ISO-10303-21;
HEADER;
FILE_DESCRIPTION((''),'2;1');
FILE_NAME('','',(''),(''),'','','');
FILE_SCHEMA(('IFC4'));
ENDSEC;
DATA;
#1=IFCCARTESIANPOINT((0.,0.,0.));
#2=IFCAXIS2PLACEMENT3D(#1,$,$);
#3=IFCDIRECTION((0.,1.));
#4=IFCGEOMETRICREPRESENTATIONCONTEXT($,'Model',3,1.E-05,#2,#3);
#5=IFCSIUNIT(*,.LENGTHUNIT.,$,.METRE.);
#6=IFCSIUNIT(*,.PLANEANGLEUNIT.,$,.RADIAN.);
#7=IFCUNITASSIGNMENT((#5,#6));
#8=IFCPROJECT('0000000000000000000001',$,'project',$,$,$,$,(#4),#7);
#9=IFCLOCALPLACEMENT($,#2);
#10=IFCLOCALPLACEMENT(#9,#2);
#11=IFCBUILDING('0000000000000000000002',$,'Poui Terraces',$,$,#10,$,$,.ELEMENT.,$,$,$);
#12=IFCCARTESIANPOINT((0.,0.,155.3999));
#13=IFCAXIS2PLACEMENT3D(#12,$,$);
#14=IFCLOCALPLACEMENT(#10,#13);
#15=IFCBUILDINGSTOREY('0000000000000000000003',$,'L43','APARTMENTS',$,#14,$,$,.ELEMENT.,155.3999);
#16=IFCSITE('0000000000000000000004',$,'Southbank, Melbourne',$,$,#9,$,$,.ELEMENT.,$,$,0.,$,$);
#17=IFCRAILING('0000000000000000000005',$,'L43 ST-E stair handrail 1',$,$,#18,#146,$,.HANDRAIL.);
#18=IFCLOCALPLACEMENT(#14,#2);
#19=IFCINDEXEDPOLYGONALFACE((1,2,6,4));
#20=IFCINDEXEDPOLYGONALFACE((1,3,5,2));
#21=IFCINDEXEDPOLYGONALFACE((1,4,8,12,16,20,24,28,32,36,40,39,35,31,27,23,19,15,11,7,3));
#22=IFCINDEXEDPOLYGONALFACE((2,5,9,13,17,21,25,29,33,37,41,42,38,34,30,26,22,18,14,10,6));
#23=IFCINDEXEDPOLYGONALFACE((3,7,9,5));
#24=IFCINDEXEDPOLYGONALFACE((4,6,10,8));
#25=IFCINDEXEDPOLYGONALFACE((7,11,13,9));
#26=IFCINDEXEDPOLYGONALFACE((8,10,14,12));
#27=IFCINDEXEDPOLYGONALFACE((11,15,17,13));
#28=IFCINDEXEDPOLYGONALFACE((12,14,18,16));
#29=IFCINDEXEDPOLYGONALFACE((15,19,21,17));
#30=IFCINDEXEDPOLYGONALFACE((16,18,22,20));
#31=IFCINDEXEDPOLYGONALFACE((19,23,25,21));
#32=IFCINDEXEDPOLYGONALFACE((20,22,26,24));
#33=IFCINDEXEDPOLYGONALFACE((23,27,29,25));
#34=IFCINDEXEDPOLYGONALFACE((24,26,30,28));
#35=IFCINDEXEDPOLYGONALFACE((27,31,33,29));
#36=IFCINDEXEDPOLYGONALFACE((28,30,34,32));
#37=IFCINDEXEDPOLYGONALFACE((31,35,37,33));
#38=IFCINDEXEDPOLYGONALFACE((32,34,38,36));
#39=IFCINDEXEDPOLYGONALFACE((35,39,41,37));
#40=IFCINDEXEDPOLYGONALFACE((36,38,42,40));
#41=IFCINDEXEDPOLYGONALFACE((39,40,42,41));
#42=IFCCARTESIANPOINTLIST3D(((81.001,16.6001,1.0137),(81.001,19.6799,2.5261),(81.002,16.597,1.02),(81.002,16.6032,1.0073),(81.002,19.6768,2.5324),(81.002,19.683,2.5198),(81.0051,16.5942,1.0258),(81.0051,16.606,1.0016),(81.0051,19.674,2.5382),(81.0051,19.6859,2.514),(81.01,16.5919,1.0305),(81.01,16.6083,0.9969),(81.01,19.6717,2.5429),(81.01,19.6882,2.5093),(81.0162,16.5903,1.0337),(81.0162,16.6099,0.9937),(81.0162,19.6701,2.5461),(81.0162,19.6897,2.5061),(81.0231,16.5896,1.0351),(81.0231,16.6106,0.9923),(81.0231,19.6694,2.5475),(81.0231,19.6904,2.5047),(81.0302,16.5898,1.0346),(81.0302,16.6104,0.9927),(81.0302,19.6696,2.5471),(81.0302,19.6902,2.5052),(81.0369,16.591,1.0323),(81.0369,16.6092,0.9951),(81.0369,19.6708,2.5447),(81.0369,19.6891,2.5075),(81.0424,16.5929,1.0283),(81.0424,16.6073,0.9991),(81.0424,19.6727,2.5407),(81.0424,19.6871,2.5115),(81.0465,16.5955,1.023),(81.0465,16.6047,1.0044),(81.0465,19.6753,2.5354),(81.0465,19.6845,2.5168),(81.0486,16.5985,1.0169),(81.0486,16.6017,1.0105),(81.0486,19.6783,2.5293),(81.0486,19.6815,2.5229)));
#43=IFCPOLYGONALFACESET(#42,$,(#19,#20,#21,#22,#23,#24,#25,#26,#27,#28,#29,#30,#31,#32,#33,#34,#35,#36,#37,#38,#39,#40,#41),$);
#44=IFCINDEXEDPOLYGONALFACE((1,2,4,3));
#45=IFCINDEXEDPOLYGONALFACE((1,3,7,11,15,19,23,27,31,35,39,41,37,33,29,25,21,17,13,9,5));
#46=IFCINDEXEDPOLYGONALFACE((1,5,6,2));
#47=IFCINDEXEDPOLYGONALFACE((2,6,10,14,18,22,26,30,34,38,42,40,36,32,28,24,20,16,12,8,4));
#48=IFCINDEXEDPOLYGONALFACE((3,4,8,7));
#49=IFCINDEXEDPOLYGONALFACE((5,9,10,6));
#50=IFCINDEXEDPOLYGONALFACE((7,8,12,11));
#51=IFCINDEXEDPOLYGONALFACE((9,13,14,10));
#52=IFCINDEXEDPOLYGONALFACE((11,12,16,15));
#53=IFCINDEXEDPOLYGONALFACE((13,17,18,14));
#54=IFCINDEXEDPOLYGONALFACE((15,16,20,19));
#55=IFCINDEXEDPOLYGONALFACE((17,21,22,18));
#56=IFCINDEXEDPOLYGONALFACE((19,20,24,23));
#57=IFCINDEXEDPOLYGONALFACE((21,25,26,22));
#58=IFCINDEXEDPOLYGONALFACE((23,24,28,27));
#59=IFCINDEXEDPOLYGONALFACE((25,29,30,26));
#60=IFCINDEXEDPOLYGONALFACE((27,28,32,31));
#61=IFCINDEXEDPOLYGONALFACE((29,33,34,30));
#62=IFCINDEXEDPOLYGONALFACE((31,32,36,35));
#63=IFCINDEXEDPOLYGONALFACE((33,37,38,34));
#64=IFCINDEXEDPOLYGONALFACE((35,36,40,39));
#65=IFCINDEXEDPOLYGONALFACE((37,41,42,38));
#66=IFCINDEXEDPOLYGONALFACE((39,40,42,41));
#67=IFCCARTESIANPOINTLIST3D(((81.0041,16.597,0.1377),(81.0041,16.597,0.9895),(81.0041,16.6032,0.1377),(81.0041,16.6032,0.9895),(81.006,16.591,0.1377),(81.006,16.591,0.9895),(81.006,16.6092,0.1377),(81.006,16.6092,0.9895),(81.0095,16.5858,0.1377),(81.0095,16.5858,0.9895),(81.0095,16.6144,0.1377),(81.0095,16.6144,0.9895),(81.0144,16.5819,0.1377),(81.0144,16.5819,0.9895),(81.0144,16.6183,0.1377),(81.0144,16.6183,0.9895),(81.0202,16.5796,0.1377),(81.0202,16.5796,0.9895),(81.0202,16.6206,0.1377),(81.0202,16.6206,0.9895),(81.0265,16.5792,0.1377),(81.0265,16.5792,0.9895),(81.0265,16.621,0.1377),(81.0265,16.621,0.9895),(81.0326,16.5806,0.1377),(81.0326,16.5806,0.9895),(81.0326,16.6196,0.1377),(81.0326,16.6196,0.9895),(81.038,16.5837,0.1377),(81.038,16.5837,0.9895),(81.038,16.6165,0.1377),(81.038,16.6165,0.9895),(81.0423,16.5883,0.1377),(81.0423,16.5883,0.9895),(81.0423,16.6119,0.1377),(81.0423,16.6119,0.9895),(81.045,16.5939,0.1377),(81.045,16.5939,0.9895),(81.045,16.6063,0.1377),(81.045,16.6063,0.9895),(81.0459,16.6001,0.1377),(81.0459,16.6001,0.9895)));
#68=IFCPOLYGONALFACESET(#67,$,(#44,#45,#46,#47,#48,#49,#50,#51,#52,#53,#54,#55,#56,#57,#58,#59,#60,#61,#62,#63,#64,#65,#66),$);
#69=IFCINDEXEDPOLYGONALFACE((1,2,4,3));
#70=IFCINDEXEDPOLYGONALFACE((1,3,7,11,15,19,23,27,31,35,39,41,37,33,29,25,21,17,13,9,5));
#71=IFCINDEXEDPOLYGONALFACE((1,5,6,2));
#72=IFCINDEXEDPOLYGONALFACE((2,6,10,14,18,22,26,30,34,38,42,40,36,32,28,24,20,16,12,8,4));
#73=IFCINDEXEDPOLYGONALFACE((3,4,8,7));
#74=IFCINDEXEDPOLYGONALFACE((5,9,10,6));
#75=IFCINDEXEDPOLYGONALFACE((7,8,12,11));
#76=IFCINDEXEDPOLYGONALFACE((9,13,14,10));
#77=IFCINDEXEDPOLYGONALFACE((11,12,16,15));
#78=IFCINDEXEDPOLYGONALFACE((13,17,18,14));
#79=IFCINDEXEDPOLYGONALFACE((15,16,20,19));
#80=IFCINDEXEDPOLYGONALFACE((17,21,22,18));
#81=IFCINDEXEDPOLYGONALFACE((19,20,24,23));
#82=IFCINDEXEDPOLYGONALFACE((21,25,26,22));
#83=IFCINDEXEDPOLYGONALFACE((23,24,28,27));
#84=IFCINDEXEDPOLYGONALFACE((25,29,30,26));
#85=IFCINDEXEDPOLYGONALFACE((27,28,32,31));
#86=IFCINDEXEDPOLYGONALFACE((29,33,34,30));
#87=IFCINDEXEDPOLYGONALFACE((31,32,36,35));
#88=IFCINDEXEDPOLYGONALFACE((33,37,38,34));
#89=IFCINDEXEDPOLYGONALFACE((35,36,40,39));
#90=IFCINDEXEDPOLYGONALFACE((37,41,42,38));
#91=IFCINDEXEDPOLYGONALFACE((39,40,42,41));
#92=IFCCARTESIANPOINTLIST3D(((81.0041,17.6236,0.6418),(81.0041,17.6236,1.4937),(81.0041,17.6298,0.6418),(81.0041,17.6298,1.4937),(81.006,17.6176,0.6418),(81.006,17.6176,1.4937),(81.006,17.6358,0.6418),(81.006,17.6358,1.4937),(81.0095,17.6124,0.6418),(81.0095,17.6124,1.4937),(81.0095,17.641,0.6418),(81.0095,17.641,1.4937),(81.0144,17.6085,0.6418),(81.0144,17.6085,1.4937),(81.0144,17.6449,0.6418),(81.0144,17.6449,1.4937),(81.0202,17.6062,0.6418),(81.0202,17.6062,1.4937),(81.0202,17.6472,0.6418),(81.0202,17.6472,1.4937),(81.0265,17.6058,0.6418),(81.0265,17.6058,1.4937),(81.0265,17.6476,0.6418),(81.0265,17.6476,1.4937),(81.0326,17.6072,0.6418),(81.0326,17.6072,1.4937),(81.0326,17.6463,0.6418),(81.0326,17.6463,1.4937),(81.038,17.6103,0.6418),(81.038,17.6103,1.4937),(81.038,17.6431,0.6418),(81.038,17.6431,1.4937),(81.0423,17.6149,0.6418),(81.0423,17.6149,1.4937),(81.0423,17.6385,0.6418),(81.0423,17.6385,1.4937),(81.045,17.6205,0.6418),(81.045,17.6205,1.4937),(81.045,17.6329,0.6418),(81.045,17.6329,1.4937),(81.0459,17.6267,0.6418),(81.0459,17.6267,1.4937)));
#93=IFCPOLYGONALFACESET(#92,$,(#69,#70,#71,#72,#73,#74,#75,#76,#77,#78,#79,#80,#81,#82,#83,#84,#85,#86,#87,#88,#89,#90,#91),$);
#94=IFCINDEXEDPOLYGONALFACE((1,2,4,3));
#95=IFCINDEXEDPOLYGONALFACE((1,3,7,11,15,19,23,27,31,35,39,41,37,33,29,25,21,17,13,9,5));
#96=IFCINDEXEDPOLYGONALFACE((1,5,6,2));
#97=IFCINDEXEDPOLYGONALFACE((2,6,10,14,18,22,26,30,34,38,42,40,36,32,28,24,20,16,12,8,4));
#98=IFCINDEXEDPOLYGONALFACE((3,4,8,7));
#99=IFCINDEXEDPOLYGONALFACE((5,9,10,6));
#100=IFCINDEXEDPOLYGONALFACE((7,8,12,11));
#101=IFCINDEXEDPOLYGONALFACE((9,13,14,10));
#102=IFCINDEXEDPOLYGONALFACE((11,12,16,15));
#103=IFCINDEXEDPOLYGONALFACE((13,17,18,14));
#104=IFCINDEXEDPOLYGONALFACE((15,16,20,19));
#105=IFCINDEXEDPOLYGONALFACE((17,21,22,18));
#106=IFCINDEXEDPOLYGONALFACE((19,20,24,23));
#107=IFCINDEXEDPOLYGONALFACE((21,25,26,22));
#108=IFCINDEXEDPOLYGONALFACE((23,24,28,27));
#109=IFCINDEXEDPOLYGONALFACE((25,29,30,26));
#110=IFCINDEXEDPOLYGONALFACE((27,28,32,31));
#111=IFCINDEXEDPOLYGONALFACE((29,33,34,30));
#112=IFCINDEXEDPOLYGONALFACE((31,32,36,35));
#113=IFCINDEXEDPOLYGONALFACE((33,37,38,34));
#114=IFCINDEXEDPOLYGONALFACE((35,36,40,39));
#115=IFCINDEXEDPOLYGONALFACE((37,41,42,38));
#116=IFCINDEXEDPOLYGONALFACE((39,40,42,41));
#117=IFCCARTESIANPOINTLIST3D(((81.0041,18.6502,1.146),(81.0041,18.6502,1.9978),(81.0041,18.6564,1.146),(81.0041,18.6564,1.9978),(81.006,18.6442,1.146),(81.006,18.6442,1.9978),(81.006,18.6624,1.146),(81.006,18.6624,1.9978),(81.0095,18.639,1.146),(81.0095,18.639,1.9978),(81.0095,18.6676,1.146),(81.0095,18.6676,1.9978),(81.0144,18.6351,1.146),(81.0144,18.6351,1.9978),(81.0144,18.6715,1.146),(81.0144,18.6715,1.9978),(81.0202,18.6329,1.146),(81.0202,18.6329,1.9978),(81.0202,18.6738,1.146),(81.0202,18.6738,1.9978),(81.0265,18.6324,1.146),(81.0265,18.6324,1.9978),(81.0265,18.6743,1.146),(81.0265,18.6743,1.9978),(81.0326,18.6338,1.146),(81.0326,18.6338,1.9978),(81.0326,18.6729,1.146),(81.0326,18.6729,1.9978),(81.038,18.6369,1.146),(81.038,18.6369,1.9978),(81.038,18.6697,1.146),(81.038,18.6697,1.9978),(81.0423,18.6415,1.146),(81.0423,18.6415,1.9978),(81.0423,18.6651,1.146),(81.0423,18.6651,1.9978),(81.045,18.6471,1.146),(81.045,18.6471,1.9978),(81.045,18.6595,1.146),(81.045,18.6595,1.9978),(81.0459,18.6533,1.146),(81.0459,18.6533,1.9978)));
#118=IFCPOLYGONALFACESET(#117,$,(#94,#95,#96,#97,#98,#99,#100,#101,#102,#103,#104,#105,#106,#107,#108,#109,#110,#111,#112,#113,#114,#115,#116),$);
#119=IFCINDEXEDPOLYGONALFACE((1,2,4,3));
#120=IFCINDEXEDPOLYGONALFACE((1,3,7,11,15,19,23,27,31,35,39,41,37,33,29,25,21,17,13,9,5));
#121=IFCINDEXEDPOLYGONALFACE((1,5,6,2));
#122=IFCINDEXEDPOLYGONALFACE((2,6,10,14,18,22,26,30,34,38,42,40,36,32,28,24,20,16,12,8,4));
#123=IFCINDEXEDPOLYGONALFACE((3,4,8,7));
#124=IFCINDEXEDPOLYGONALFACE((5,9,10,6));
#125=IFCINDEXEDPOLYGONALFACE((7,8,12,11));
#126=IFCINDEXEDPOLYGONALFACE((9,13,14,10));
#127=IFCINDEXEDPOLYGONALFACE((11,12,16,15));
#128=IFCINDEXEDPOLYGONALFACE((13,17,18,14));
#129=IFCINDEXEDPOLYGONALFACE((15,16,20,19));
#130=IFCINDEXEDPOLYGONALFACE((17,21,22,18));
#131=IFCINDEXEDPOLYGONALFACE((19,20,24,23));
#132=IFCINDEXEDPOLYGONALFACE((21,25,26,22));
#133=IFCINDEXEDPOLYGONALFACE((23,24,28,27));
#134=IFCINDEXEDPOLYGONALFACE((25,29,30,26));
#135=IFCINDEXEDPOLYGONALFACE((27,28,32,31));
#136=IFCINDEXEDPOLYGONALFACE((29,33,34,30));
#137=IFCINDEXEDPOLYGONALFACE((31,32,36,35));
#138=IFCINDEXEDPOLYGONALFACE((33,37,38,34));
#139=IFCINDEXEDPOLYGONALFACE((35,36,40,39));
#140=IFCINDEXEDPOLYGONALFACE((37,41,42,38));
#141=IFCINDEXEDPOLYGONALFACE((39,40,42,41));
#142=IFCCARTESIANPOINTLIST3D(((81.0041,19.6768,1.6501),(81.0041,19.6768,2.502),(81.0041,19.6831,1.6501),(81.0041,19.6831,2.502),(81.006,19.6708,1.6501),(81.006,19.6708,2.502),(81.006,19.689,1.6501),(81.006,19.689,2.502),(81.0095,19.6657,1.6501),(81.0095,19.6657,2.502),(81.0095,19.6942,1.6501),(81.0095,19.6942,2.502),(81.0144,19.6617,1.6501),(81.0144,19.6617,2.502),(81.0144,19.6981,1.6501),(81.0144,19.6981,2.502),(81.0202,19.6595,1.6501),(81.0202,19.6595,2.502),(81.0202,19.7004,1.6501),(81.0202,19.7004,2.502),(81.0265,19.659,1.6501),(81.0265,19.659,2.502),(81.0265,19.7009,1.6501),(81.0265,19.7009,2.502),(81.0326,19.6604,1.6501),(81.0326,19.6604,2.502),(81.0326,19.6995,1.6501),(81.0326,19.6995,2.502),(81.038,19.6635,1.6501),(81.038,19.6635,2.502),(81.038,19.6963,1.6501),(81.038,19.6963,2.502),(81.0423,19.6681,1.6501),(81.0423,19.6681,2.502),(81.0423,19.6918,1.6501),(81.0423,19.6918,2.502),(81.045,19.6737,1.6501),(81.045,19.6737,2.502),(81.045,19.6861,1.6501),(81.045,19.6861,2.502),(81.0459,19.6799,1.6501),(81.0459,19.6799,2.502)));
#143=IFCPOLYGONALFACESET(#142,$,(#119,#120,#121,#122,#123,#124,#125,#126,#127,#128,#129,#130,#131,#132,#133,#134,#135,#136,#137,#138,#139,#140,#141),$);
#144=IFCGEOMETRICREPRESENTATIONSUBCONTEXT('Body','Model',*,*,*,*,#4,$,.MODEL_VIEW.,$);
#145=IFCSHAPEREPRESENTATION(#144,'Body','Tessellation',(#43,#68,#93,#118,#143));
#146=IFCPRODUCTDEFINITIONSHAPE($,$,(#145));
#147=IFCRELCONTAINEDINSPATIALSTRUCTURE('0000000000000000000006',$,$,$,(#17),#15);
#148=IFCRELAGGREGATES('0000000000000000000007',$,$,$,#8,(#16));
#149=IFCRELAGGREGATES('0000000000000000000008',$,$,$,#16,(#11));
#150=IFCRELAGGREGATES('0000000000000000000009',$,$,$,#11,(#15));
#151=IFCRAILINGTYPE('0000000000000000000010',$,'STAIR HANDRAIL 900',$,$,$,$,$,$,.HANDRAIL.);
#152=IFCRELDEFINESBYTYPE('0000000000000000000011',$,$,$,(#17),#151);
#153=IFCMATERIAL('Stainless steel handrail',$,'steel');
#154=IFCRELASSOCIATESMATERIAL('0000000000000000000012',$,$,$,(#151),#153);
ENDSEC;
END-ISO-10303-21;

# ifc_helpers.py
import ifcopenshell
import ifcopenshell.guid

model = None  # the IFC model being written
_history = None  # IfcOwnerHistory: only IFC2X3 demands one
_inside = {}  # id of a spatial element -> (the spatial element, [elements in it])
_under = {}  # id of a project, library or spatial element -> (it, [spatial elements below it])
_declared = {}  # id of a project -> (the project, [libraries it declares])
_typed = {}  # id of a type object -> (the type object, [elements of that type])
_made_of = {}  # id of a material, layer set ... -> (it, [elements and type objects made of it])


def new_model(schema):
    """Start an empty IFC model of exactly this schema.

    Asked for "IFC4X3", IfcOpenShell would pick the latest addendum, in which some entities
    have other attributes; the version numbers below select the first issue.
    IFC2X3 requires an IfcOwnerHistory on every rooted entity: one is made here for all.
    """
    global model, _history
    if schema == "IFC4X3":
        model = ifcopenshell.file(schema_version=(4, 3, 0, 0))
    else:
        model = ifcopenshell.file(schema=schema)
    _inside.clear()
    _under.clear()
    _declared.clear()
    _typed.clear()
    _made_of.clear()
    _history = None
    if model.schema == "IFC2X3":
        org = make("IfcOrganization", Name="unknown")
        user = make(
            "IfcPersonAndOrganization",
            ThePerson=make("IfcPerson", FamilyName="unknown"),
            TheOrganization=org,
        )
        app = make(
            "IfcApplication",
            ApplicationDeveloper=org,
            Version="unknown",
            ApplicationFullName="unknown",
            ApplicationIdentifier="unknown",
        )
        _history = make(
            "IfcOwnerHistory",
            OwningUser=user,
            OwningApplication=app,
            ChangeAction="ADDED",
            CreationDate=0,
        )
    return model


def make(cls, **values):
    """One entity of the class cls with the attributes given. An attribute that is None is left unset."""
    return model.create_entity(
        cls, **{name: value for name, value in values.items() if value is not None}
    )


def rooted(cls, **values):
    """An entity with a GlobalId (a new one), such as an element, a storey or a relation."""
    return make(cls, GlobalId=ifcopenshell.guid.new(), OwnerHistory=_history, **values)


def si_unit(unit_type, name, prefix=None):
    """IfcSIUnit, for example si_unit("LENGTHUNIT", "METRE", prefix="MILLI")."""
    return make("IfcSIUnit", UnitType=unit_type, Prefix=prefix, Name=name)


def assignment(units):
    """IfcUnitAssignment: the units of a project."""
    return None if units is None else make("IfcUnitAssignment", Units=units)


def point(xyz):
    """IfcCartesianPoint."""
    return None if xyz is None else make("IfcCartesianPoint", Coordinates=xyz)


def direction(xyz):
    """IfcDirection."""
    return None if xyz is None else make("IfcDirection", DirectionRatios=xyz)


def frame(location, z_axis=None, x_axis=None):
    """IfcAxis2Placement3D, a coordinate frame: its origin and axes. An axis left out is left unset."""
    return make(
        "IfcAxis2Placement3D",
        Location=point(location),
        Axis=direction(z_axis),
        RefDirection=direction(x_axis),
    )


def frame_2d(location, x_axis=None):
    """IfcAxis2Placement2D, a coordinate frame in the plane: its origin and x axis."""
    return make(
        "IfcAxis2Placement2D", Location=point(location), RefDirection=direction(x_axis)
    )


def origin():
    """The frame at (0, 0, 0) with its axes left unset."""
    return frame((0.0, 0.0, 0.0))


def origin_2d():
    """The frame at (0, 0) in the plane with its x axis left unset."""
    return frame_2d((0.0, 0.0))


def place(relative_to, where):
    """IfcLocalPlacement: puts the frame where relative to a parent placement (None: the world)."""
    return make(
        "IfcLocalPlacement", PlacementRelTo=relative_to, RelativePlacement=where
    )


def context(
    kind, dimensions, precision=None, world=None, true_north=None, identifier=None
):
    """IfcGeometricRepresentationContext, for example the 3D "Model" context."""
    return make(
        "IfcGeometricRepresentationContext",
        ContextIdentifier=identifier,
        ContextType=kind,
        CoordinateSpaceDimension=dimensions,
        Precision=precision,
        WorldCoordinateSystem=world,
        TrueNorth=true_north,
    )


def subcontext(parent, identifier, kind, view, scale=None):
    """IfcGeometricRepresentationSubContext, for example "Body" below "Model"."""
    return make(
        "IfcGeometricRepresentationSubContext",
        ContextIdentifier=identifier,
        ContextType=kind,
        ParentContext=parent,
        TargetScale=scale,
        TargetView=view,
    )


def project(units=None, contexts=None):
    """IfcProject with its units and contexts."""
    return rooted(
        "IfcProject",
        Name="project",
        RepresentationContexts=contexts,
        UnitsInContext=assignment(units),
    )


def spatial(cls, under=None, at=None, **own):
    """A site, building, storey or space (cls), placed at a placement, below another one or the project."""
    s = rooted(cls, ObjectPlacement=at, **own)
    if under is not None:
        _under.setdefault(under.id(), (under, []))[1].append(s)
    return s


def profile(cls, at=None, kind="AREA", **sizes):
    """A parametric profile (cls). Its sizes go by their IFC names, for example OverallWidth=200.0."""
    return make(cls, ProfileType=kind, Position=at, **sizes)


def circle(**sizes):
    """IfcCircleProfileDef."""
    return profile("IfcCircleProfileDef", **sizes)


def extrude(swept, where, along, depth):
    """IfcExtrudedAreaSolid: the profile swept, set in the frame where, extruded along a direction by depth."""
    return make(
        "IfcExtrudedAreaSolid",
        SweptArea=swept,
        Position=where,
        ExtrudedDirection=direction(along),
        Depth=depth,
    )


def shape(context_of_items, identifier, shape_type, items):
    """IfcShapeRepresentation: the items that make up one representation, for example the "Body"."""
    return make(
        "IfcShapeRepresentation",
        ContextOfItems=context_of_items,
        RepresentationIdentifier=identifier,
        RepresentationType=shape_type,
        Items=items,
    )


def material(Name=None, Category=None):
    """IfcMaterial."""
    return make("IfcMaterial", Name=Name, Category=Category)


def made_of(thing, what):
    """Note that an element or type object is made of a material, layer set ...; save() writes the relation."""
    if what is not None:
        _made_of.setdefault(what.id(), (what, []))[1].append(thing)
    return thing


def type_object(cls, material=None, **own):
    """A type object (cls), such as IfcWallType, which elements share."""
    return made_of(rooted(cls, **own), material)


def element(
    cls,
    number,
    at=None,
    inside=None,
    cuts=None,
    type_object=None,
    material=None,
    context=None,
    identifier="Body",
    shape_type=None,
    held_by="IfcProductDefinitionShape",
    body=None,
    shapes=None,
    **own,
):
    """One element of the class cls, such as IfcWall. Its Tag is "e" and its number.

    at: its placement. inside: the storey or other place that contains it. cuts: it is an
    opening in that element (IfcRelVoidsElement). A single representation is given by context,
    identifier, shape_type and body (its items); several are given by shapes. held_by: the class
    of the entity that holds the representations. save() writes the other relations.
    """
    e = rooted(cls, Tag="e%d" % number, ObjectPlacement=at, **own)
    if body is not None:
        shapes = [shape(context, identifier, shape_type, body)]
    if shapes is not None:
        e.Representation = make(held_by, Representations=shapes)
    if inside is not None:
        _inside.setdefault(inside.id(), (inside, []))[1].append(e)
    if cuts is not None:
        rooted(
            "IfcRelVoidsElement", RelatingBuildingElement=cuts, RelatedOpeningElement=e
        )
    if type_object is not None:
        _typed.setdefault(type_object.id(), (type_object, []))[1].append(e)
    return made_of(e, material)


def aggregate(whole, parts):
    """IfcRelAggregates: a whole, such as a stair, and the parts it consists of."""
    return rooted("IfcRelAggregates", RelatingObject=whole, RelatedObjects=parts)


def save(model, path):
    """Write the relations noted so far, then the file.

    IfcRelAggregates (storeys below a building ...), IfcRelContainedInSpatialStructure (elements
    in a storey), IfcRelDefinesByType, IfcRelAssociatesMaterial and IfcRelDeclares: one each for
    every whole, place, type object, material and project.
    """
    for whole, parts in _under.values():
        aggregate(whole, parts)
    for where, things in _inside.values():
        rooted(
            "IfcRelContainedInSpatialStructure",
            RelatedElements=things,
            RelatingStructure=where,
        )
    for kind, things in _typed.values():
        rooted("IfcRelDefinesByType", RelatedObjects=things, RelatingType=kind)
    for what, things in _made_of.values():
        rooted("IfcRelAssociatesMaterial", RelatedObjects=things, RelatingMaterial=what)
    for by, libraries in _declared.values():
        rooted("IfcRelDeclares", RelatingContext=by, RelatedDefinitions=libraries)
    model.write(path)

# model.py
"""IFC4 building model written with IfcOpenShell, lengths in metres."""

from ifc_helpers import new_model, si_unit, direction, frame, origin, origin_2d, place, context, subcontext, project, spatial, circle, extrude, material, type_object, element, save


model = new_model("IFC4")

# Units and contexts
model_context = context("Model", 3, precision=1e-05, world=origin(), true_north=direction((0.0, 1.0)))
body_context = subcontext(model_context, "Body", "Model", "MODEL_VIEW")
ifc_project = project(units=[si_unit("LENGTHUNIT", "METRE"), si_unit("PLANEANGLEUNIT", "RADIAN")], contexts=[model_context])

# Site, building, storey
site_placement = place(None, origin())
site = spatial("IfcSite", under=ifc_project, at=site_placement, Name="Southbank, Melbourne", CompositionType="ELEMENT", RefElevation=0.0)
building_placement = place(site_placement, origin())
building = spatial("IfcBuilding", under=site, at=building_placement, Name="Poui Terraces", CompositionType="ELEMENT")
storey_placement = place(building_placement, frame((0.0, 0.0, 155.3999)))
storey = spatial("IfcBuildingStorey", under=building, at=storey_placement, Name="L43", Description="APARTMENTS", CompositionType="ELEMENT", Elevation=155.3999)

# Railing
ifc_material_1 = material(Name="Stainless steel handrail", Category="steel")
railing_type_1 = type_object("IfcRailingType", Name="STAIR HANDRAIL 900", PredefinedType="HANDRAIL", material=ifc_material_1)
railing_1_placement = place(storey_placement, frame((81.0249, 16.6001, 0.1377)))
element("IfcRailing", 1, at=railing_1_placement, inside=storey, type_object=railing_type_1, Name="L43 ST-E stair handrail 1", PredefinedType="HANDRAIL", context=body_context, shape_type="SweptSolid", body=[
    extrude(circle(Radius=0.0239, at=origin_2d()), frame((0.0, 0.0, 0.876), z_axis=(0.0, 0.897606, 0.440798), x_axis=(-1.0, 0.0, 0.0)), (0.0, 0.0, 1.0), 3.4312),
    extrude(circle(Radius=0.021, at=origin_2d()), origin(), (0.0, 0.0, 1.0), 0.8518),
    extrude(circle(Radius=0.021, at=origin_2d()), frame((0.0, 1.0266, 0.5042)), (0.0, 0.0, 1.0), 0.8518),
    extrude(circle(Radius=0.021, at=origin_2d()), frame((0.0, 2.0532, 1.0083)), (0.0, 0.0, 1.0), 0.8518),
    extrude(circle(Radius=0.021, at=origin_2d()), frame((0.0, 3.0798, 1.5125)), (0.0, 0.0, 1.0), 0.8518),
])

save(model, "model.ifc")
